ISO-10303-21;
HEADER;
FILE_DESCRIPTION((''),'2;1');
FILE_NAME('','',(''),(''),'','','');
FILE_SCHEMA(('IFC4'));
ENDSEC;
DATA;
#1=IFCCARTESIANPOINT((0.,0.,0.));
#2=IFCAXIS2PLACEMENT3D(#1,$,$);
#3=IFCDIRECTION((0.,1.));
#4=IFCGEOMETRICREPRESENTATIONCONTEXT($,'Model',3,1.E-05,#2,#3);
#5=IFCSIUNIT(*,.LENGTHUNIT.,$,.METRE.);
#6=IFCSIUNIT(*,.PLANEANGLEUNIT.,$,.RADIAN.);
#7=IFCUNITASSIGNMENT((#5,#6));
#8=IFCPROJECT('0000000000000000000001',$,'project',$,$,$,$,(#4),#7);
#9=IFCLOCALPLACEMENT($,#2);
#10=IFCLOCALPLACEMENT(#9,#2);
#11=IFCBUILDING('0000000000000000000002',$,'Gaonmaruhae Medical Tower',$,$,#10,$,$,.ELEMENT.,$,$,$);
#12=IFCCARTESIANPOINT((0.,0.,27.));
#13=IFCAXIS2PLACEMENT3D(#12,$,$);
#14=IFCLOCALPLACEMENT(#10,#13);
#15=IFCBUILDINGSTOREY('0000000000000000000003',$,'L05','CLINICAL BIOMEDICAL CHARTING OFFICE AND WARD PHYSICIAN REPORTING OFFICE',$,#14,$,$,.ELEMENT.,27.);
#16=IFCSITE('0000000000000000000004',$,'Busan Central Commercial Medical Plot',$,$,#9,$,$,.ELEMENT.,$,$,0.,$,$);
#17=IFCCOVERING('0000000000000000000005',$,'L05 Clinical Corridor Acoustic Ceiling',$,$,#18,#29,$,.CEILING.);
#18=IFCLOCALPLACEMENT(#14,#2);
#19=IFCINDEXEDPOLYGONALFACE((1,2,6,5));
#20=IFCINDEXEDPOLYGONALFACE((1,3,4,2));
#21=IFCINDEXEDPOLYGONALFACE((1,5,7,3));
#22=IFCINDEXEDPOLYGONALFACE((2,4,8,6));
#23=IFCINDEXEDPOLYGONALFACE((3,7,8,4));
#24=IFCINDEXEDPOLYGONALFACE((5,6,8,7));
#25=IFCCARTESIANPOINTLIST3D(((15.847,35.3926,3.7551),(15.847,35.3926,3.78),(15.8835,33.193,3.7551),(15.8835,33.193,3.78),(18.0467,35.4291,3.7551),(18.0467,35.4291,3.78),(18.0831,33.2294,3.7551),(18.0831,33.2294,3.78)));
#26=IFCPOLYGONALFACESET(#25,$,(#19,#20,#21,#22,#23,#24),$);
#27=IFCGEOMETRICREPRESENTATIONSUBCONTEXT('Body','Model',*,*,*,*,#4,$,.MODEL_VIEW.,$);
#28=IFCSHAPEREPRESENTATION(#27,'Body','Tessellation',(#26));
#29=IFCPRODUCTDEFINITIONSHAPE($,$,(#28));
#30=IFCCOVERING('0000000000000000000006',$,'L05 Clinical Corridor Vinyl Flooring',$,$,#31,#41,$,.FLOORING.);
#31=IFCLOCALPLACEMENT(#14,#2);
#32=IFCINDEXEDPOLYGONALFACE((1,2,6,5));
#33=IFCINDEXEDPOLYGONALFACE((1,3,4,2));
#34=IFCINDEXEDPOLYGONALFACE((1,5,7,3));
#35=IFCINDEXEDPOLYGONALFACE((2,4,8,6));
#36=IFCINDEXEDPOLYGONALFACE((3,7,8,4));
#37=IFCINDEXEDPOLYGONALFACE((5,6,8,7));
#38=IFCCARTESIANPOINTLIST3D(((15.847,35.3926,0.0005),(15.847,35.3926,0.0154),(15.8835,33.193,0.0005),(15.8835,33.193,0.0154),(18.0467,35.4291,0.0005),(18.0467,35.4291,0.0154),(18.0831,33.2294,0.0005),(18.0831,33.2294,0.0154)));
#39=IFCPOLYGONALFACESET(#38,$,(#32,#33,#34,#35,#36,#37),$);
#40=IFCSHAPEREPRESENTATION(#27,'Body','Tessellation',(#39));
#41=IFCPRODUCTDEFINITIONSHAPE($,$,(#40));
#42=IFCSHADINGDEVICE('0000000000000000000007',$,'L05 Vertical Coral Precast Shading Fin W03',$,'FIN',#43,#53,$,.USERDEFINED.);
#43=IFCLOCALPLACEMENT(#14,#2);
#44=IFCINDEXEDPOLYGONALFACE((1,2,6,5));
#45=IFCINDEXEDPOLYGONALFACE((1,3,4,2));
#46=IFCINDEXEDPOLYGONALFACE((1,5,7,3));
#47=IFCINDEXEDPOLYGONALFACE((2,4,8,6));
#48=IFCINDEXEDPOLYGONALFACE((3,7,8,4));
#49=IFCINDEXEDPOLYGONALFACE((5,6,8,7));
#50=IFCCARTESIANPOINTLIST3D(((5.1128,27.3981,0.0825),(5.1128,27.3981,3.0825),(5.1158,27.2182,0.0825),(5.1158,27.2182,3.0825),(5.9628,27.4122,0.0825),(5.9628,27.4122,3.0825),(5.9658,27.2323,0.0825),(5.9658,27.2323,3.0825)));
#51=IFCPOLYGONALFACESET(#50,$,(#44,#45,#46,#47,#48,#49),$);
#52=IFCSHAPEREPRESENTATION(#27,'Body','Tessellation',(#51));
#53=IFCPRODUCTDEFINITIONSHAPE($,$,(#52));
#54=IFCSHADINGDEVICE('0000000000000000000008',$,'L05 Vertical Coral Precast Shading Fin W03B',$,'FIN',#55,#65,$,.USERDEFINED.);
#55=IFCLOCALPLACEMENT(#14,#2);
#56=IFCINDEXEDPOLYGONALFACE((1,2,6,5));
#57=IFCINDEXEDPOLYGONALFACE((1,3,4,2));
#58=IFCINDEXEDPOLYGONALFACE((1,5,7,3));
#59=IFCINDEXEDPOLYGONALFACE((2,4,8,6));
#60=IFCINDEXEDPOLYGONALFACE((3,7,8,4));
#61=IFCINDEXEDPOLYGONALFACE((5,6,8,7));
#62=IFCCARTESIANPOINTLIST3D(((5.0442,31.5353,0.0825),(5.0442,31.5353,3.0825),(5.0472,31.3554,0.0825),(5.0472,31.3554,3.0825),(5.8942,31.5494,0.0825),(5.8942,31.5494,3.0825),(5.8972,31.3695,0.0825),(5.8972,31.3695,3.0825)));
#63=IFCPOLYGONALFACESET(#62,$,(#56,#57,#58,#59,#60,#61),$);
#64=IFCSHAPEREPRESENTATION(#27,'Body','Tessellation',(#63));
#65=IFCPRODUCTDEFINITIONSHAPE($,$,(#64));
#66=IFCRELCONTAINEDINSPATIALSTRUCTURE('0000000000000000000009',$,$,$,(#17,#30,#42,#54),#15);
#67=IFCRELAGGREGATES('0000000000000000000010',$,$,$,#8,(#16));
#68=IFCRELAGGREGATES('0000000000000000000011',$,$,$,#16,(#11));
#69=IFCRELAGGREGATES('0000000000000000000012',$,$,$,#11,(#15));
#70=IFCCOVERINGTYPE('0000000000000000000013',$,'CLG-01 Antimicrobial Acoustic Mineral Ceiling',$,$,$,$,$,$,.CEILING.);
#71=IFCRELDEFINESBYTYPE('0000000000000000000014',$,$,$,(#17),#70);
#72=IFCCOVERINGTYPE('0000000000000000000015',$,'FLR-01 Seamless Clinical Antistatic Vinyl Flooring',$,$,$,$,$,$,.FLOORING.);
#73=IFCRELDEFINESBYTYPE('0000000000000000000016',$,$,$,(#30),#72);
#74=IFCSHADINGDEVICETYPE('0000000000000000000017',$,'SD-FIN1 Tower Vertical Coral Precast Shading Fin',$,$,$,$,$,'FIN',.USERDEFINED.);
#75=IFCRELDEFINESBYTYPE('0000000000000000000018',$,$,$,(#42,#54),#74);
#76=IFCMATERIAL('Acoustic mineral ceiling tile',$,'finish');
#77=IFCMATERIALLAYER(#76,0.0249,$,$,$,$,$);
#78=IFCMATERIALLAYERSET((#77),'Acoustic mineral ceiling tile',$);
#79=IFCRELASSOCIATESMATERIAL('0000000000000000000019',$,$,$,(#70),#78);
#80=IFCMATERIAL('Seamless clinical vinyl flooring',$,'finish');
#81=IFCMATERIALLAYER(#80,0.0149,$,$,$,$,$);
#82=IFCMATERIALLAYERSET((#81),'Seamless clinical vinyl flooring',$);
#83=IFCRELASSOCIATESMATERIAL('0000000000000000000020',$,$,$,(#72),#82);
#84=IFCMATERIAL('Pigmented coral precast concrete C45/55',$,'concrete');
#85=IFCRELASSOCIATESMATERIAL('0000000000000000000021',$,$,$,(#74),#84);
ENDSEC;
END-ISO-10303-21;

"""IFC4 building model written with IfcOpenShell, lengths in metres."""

from ifc_helpers import new_model, si_unit, direction, frame, origin, origin_2d, place, context, subcontext, project, spatial, rectangle, extrude, material, layer, layer_set, type_object, element, save


model = new_model("IFC4")

# Units and contexts
model_context = context("Model", 3, precision=1e-05, world=origin(), true_north=direction((0.0, 1.0)))
body_context = subcontext(model_context, "Body", "Model", "MODEL_VIEW")
ifc_project = project(units=[si_unit("LENGTHUNIT", "METRE"), si_unit("PLANEANGLEUNIT", "RADIAN")], contexts=[model_context])

# Site, building, storey
site_placement = place(None, origin())
site = spatial("IfcSite", under=ifc_project, at=site_placement, Name="Busan Central Commercial Medical Plot", CompositionType="ELEMENT", RefElevation=0.0)
building_placement = place(site_placement, origin())
building = spatial("IfcBuilding", under=site, at=building_placement, Name="Gaonmaruhae Medical Tower", CompositionType="ELEMENT")
storey_placement = place(building_placement, frame((0.0, 0.0, 27.0)))
storey = spatial("IfcBuildingStorey", under=building, at=storey_placement, Name="L05", Description="CLINICAL BIOMEDICAL CHARTING OFFICE AND WARD PHYSICIAN REPORTING OFFICE", CompositionType="ELEMENT", Elevation=27.0)

# Coverings
ifc_material_1 = material(Name="Acoustic mineral ceiling tile", Category="finish")
ifc_layer_1 = layer(ifc_material_1, 0.0249)
ifc_layer_set_1 = layer_set([ifc_layer_1], Name="Acoustic mineral ceiling tile")
covering_type_1 = type_object("IfcCoveringType", Name="CLG-01 Antimicrobial Acoustic Mineral Ceiling", PredefinedType="CEILING", material=ifc_layer_set_1)
covering_1_placement = place(storey_placement, frame((16.9651, 34.311, 3.7551), z_axis=(0.0, 0.0, 1.0), x_axis=(0.999863, 0.01658, 0.0)))
element("IfcCovering", 1, at=covering_1_placement, inside=storey, type_object=covering_type_1, Name="L05 Clinical Corridor Acoustic Ceiling", PredefinedType="CEILING", context=body_context, shape_type="SweptSolid", body=[
    extrude(rectangle(XDim=2.2, YDim=2.2, at=origin_2d()), origin(), (0.0, 0.0, 1.0), 0.0249),
])
ifc_material_2 = material(Name="Seamless clinical vinyl flooring", Category="finish")
ifc_layer_2 = layer(ifc_material_2, 0.0149)
ifc_layer_set_2 = layer_set([ifc_layer_2], Name="Seamless clinical vinyl flooring")
covering_type_2 = type_object("IfcCoveringType", Name="FLR-01 Seamless Clinical Antistatic Vinyl Flooring", PredefinedType="FLOORING", material=ifc_layer_set_2)
covering_2_placement = place(storey_placement, frame((16.9651, 34.311, 0.0005), z_axis=(0.0, 0.0, 1.0), x_axis=(0.999863, 0.01658, 0.0)))
element("IfcCovering", 2, at=covering_2_placement, inside=storey, type_object=covering_type_2, Name="L05 Clinical Corridor Vinyl Flooring", PredefinedType="FLOORING", context=body_context, shape_type="SweptSolid", body=[
    extrude(rectangle(XDim=2.2, YDim=2.2, at=origin_2d()), origin(), (0.0, 0.0, 1.0), 0.0149),
])

# Shading devices
ifc_material_3 = material(Name="Pigmented coral precast concrete C45/55", Category="concrete")
shading_device_type = type_object("IfcShadingDeviceType", Name="SD-FIN1 Tower Vertical Coral Precast Shading Fin", ElementType="FIN", PredefinedType="USERDEFINED", material=ifc_material_3)
for number, where, z_axis, x_axis, name in (
    (3, (5.5393, 27.3152, 0.0825), (0.0, 0.0, 1.0), (-0.016562, 0.999863, 0.0), "L05 Vertical Coral Precast Shading Fin W03"),
    (4, (5.4707, 31.4524, 0.0825), (0.0, 0.0, 1.0), (-0.016562, 0.999863, 0.0), "L05 Vertical Coral Precast Shading Fin W03B"),
):
    element("IfcShadingDevice", number, at=place(storey_placement, frame(where, z_axis=z_axis, x_axis=x_axis)), inside=storey, type_object=shading_device_type, Name=name, ObjectType="FIN", PredefinedType="USERDEFINED", context=body_context, shape_type="SweptSolid", body=[
        extrude(rectangle(XDim=0.1799, YDim=0.8501, at=origin_2d()), origin(), (0.0, 0.0, 1.0), 3.0),
    ])

save(model, "model.ifc")
